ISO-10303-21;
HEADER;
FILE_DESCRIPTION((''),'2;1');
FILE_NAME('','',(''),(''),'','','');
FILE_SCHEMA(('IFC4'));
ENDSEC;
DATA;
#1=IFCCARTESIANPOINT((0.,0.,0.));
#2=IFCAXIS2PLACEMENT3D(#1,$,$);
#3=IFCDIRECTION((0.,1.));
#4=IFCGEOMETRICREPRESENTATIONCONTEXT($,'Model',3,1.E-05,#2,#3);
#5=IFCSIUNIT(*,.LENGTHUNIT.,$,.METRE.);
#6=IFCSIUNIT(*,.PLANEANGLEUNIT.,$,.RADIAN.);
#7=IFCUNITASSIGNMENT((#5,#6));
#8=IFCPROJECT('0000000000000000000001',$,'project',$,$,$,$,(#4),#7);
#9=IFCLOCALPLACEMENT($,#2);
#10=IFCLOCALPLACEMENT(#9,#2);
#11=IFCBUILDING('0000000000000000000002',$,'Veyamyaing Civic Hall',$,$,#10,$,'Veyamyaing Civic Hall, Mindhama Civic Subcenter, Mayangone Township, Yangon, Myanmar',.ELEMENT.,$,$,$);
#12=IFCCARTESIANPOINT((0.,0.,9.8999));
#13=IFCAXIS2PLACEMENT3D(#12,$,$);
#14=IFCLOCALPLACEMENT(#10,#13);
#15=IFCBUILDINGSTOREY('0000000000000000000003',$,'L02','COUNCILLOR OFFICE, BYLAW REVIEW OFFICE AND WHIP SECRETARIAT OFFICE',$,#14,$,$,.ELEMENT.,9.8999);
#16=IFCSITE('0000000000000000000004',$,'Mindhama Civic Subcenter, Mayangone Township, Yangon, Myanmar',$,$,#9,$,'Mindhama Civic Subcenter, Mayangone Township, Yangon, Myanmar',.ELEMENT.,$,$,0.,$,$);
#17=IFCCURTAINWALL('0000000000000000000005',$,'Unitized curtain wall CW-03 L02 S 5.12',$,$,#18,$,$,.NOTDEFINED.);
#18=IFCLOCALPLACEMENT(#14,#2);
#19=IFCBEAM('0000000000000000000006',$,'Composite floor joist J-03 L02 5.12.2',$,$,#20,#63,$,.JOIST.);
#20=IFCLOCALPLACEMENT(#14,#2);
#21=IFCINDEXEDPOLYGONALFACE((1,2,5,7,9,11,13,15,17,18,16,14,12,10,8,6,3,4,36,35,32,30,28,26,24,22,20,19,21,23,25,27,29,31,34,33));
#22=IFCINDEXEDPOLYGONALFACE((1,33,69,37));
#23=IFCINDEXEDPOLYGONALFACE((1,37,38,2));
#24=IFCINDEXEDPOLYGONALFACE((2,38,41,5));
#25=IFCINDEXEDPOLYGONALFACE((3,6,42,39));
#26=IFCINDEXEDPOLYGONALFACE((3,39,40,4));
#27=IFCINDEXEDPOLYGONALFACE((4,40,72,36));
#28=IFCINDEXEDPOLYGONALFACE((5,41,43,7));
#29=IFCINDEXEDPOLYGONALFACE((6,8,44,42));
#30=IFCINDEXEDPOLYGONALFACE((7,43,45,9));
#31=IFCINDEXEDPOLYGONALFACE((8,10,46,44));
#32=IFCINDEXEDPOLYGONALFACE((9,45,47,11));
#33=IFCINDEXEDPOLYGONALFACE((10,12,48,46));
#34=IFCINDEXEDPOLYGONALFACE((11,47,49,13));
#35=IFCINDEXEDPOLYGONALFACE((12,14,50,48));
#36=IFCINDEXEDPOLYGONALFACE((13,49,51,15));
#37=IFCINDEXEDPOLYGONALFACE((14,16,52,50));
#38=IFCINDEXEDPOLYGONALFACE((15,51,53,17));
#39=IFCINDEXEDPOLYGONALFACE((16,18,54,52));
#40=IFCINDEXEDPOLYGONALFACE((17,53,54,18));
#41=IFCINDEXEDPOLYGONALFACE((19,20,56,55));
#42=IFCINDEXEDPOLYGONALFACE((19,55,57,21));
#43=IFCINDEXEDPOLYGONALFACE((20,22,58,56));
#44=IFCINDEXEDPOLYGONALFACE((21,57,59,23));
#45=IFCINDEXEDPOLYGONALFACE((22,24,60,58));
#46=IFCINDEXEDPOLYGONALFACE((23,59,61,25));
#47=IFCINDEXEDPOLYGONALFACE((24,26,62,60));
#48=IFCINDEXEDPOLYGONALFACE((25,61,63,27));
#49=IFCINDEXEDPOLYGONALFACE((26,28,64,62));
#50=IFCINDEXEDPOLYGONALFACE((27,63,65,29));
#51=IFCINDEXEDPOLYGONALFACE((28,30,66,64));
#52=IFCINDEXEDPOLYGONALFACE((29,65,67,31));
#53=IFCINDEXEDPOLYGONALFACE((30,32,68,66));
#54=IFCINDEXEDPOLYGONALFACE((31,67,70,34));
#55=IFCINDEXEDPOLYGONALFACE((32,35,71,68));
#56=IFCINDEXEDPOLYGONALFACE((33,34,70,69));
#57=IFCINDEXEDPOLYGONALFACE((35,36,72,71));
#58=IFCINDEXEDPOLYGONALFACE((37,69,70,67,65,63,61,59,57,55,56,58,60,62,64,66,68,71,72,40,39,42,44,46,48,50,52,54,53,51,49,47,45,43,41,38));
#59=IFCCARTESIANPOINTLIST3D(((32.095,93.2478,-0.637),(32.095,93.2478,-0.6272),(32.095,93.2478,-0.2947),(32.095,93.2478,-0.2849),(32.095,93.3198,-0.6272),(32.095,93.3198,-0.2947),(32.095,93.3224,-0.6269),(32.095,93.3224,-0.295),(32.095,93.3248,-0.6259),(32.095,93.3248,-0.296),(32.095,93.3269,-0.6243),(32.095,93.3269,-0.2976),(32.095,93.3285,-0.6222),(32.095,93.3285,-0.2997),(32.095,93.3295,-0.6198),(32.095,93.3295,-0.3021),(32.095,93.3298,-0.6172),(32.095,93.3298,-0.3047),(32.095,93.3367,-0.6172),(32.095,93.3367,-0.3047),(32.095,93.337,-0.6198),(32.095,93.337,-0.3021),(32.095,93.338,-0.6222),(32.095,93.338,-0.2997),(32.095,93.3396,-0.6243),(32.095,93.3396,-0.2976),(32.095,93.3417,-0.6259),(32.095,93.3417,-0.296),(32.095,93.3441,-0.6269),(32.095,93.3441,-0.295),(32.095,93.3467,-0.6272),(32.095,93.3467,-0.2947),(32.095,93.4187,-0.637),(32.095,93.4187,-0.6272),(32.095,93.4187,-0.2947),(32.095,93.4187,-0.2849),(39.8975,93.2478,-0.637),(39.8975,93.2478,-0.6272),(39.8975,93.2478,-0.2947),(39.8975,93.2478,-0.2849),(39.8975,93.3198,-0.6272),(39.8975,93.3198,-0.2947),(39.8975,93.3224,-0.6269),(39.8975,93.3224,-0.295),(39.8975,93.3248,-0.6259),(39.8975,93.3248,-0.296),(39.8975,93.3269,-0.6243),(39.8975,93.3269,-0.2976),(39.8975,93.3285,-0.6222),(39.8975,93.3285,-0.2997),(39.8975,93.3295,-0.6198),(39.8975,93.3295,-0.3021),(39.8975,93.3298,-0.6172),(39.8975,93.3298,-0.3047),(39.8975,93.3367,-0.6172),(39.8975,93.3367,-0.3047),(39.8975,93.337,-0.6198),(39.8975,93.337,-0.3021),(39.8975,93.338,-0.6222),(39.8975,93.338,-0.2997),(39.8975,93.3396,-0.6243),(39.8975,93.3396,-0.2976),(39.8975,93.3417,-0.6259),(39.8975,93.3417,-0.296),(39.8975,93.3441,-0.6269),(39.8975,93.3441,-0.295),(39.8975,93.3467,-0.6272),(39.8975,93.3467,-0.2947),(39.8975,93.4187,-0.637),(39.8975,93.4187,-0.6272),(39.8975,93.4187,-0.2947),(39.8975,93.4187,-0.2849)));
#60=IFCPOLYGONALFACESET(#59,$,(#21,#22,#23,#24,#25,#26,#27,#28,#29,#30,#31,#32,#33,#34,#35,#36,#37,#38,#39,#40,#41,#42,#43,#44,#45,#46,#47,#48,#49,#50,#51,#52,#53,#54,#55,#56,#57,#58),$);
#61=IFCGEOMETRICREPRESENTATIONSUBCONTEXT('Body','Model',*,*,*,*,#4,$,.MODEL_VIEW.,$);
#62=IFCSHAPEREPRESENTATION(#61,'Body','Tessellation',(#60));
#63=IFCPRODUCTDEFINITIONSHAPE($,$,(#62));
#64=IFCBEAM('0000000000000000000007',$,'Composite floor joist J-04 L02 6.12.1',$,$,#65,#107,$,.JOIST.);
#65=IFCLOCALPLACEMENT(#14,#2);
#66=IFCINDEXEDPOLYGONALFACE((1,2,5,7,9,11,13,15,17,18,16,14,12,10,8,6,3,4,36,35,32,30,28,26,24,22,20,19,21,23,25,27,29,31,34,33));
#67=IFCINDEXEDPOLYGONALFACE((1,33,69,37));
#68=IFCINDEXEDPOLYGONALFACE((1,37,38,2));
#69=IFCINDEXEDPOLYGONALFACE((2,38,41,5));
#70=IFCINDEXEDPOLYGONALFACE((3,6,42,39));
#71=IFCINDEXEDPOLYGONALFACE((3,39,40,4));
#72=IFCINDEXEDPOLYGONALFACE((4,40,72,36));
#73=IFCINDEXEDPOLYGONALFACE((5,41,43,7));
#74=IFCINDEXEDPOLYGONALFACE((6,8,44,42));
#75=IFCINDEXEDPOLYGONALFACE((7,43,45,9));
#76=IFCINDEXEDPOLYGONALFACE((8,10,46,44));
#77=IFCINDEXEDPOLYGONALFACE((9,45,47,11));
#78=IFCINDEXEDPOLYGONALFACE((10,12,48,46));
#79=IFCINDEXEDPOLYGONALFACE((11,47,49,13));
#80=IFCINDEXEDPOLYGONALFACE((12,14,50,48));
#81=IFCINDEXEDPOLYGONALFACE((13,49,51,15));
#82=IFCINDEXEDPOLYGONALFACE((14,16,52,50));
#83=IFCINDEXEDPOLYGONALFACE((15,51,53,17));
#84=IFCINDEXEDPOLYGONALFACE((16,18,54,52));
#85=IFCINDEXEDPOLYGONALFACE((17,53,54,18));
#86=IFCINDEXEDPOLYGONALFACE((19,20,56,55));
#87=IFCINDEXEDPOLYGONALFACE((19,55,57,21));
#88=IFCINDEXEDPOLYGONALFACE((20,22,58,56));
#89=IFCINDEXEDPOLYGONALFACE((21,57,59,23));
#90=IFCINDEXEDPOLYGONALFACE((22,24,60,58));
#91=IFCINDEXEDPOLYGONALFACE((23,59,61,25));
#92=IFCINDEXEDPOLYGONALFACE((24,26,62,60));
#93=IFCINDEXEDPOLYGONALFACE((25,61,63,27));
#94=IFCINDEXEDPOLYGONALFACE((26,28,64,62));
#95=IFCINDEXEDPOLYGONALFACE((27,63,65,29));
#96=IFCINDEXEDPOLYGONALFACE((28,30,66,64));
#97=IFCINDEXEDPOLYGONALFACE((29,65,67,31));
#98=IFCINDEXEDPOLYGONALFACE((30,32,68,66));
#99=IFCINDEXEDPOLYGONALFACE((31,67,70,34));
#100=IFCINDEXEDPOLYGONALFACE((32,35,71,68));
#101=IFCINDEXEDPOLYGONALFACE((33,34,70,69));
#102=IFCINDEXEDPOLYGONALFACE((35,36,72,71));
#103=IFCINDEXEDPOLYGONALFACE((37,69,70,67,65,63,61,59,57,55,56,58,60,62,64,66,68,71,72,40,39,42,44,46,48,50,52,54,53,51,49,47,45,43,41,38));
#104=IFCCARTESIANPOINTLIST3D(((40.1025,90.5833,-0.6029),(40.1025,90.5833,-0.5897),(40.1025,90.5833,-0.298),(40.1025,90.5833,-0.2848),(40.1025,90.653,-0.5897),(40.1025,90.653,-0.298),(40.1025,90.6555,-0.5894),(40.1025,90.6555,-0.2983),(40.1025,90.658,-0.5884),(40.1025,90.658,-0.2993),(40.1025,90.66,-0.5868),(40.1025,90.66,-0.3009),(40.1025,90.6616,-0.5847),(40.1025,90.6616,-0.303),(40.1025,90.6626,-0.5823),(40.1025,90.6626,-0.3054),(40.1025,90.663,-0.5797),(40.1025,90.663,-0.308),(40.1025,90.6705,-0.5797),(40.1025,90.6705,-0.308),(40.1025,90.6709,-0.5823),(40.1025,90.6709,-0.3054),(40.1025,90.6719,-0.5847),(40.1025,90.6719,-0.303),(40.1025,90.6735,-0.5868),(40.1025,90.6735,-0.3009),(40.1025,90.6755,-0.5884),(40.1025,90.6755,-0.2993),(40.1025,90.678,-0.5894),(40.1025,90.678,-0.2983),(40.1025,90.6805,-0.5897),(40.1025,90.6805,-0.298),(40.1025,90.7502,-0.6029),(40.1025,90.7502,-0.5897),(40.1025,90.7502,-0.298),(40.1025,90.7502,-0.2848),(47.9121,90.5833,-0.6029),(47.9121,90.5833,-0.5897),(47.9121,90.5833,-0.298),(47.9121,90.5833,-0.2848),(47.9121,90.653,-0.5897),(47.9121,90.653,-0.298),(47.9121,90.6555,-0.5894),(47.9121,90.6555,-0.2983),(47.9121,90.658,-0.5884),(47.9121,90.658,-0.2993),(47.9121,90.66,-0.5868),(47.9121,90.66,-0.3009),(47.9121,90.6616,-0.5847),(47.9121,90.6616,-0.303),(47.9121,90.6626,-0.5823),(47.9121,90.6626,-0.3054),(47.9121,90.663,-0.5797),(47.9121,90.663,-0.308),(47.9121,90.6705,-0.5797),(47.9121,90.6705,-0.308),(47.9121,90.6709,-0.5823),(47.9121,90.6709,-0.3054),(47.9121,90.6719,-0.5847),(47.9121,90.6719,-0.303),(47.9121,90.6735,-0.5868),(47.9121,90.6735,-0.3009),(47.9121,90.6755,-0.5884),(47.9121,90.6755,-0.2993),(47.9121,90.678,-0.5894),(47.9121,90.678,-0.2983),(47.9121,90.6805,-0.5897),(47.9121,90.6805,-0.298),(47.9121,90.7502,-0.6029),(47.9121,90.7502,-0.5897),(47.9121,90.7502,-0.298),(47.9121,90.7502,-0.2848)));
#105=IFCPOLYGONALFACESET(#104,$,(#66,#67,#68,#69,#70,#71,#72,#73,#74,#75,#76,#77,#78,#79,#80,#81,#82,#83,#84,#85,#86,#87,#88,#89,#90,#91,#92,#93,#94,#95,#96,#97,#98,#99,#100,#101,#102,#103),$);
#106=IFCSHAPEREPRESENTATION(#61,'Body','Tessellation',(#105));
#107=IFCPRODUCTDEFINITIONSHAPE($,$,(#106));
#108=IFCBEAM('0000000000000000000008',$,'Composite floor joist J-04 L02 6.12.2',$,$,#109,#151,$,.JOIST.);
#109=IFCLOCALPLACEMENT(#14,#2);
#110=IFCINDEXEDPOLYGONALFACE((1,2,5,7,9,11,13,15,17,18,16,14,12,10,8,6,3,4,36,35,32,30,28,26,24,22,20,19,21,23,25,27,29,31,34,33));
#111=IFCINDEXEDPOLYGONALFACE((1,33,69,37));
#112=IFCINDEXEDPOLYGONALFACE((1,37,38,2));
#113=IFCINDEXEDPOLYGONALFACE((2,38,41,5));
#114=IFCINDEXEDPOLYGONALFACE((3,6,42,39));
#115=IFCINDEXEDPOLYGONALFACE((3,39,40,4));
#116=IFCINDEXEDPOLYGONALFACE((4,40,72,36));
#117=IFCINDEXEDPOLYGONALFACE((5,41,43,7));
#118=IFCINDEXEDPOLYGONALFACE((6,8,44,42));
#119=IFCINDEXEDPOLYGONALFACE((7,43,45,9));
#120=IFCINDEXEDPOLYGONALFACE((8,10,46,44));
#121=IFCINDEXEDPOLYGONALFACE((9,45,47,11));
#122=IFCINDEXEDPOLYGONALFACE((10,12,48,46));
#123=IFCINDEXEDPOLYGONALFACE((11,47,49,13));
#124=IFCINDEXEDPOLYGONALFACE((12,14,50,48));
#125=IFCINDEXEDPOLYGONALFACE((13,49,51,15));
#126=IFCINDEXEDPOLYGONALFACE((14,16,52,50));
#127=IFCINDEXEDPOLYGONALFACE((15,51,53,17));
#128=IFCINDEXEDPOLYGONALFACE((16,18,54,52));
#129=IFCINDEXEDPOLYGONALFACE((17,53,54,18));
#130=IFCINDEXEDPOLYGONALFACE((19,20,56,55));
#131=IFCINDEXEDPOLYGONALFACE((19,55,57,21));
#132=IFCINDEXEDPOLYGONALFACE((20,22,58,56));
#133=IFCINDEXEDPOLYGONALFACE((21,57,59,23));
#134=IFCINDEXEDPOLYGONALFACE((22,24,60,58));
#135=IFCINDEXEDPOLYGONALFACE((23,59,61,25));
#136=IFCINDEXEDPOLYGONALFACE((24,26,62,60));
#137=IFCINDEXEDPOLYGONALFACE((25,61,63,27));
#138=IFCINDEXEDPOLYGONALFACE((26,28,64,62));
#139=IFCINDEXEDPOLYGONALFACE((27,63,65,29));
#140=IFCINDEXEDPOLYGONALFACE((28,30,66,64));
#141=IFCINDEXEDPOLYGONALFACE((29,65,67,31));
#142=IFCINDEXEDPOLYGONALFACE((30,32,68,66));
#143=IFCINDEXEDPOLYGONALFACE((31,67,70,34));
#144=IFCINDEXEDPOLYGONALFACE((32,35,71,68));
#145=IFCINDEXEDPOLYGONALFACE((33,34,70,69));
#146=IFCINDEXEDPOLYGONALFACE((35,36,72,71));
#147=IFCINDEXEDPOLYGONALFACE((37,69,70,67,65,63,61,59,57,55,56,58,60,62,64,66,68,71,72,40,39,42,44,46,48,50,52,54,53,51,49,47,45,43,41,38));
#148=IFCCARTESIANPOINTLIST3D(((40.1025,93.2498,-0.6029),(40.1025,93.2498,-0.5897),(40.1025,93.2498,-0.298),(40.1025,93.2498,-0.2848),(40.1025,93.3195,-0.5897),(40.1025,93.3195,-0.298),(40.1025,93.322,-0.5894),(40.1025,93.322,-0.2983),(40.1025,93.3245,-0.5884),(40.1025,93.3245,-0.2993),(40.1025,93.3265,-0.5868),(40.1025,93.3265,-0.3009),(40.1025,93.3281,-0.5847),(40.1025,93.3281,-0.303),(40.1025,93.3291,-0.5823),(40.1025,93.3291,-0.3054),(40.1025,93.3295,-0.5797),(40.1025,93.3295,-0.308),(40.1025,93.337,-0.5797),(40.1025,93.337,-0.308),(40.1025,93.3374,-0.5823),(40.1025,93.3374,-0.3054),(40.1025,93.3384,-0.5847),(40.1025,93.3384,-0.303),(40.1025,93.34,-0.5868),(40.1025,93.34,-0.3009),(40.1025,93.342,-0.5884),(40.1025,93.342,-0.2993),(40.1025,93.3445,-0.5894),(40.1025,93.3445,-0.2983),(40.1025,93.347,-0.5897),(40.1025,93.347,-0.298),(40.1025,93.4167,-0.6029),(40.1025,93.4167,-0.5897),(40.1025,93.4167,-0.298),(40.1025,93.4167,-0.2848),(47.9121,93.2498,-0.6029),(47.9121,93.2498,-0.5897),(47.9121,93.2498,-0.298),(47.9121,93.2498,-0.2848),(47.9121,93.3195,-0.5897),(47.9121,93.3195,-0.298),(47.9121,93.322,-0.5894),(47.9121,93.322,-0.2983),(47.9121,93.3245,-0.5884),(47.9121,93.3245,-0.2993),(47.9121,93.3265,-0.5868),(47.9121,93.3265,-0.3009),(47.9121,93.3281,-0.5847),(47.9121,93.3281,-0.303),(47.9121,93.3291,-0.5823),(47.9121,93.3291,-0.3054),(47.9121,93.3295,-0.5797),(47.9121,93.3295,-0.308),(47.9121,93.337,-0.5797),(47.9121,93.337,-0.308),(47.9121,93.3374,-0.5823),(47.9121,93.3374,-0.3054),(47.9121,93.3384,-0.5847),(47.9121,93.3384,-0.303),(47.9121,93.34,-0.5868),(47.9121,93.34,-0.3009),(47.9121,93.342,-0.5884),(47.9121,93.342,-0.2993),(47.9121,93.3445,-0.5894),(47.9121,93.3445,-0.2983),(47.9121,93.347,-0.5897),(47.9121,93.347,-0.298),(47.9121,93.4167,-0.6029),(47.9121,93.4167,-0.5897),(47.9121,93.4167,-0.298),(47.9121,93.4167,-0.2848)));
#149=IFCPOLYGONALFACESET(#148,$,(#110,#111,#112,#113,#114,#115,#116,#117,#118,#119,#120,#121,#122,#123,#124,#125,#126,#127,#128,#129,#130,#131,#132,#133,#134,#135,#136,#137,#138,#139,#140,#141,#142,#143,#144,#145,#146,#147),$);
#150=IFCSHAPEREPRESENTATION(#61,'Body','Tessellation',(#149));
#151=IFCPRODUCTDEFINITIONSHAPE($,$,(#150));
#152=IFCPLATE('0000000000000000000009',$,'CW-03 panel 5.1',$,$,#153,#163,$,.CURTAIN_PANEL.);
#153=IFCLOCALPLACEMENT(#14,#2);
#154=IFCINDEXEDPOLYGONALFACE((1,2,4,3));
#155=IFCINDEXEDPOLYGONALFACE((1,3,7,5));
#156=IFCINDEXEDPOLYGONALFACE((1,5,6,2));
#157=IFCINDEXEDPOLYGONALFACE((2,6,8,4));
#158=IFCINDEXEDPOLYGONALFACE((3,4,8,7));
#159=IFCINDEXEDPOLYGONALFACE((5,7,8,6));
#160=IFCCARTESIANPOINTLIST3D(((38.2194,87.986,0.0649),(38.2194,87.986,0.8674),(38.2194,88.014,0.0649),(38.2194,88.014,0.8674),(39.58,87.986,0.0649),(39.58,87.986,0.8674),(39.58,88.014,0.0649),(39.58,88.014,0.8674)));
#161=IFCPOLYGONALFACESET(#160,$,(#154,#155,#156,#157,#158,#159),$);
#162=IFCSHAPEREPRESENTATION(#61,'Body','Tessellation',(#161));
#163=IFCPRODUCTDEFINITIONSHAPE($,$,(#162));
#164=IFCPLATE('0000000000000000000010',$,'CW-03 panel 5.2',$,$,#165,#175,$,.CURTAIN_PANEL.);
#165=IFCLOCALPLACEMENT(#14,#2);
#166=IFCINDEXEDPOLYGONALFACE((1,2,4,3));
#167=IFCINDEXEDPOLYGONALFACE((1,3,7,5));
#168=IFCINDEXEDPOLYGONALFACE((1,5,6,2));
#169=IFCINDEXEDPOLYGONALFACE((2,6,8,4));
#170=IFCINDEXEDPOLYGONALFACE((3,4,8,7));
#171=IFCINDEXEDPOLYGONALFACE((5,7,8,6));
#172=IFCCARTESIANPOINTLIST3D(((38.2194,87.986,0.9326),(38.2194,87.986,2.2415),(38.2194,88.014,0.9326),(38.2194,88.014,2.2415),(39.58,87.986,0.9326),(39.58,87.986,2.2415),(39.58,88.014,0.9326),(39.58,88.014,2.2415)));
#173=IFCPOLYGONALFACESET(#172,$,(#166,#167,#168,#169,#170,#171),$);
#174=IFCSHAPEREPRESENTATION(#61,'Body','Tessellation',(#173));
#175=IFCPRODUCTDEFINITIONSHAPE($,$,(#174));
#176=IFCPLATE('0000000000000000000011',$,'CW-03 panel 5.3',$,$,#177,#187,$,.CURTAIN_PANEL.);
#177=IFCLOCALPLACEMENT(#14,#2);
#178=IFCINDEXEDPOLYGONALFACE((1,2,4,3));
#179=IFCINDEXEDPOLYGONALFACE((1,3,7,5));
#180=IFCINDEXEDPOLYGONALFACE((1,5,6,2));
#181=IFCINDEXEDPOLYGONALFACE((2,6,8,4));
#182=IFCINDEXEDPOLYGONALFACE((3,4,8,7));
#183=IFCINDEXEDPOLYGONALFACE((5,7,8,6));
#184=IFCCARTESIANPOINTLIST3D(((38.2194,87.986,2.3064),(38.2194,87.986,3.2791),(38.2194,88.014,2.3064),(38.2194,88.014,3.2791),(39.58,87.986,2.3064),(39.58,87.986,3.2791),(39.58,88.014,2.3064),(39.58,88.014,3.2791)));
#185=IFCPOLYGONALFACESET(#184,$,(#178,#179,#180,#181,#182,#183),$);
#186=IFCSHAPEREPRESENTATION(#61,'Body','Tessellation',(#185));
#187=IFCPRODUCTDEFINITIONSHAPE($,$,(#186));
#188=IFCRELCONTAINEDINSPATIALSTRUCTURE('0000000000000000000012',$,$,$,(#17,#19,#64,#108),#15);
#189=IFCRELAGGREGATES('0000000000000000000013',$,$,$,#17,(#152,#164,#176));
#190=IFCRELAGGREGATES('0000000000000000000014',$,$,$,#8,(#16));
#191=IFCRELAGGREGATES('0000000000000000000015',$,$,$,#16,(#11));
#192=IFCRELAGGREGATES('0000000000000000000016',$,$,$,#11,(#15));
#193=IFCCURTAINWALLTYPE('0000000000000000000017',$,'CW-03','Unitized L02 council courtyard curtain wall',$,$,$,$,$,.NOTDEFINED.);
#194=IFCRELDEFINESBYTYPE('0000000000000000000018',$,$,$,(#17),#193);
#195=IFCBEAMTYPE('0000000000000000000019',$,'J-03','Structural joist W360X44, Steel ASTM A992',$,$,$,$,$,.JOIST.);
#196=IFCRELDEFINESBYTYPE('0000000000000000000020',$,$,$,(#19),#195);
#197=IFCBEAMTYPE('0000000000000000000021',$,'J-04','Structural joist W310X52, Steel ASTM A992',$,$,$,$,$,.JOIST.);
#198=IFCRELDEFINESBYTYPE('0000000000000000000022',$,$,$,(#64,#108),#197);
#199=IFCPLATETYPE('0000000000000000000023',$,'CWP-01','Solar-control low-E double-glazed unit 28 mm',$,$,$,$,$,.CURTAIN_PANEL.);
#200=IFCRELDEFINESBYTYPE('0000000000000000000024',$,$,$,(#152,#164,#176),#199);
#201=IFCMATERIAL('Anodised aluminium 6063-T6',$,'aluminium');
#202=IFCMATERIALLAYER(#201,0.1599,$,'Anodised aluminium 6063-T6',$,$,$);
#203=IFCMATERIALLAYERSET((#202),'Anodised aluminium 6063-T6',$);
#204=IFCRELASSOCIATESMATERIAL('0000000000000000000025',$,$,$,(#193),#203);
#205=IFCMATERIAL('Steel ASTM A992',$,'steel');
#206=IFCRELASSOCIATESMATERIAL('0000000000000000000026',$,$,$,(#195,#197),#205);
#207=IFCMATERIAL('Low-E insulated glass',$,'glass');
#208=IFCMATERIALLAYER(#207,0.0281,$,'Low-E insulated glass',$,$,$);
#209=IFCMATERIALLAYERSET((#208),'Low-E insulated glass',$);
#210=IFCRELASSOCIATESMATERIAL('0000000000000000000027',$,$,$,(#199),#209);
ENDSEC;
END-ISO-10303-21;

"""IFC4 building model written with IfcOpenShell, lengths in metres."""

from ifc_helpers import new_model, si_unit, direction, frame, origin, origin_2d, place, context, subcontext, project, spatial, rectangle, i_section, extrude, material, layer, layer_set, material_profile, profile_set, type_object, element, aggregate, save


model = new_model("IFC4")

# Units and contexts
model_context = context("Model", 3, precision=1e-05, world=origin(), true_north=direction((0.0, 1.0)))
body_context = subcontext(model_context, "Body", "Model", "MODEL_VIEW")
ifc_project = project(units=[si_unit("LENGTHUNIT", "METRE"), si_unit("PLANEANGLEUNIT", "RADIAN")], contexts=[model_context])

# Site, building, storey
site_placement = place(None, origin())
site = spatial("IfcSite", under=ifc_project, at=site_placement, Name="Mindhama Civic Subcenter, Mayangone Township, Yangon, Myanmar", LongName="Mindhama Civic Subcenter, Mayangone Township, Yangon, Myanmar", CompositionType="ELEMENT", RefElevation=0.0)
building_placement = place(site_placement, origin())
building = spatial("IfcBuilding", under=site, at=building_placement, Name="Veyamyaing Civic Hall", LongName="Veyamyaing Civic Hall, Mindhama Civic Subcenter, Mayangone Township, Yangon, Myanmar", CompositionType="ELEMENT")
storey_placement = place(building_placement, frame((0.0, 0.0, 9.8999)))
storey = spatial("IfcBuildingStorey", under=building, at=storey_placement, Name="L02", Description="COUNCILLOR OFFICE, BYLAW REVIEW OFFICE AND WHIP SECRETARIAT OFFICE", CompositionType="ELEMENT", Elevation=9.8999)

# Shared definitions
ifc_material_1 = material(Name="Steel ASTM A992", Category="steel")

# Curtain wall
ifc_material_2 = material(Name="Anodised aluminium 6063-T6", Category="aluminium")
ifc_layer_1 = layer(ifc_material_2, 0.1599, Name="Anodised aluminium 6063-T6")
ifc_layer_set_1 = layer_set([ifc_layer_1], Name="Anodised aluminium 6063-T6")
curtain_wall_type = type_object("IfcCurtainWallType", Name="CW-03", Description="Unitized L02 council courtyard curtain wall", PredefinedType="NOTDEFINED", material=ifc_layer_set_1)
curtain_wall_placement = place(storey_placement, origin())
curtain_wall = element("IfcCurtainWall", 1, at=curtain_wall_placement, inside=storey, type_object=curtain_wall_type, Name="Unitized curtain wall CW-03 L02 S 5.12", PredefinedType="NOTDEFINED")

# Beams
ifc_material_profile_1 = material_profile(ifc_material_1, i_section(OverallWidth=0.1709, OverallDepth=0.3521, WebThickness=0.0068, FlangeThickness=0.0098, FilletRadius=0.01, at=origin_2d()), Name="W360X44")
ifc_profile_set_1 = profile_set([ifc_material_profile_1], Name="Steel ASTM A992")
beam_type_1 = type_object("IfcBeamType", Name="J-03", Description="Structural joist W360X44, Steel ASTM A992", PredefinedType="JOIST", material=ifc_profile_set_1)
for number, where, z_axis, x_axis, name in (
    (2, (32.095, 93.3333, -0.4609), (1.0, 0.0, 0.0), (0.0, 1.0, 0.0), "Composite floor joist J-03 L02 5.12.2"),
):
    element("IfcBeam", number, at=place(storey_placement, frame(where, z_axis=z_axis, x_axis=x_axis)), inside=storey, type_object=beam_type_1, Name=name, PredefinedType="JOIST", context=body_context, shape_type="SweptSolid", body=[
        extrude(i_section(OverallWidth=0.1709, OverallDepth=0.3521, WebThickness=0.0068, FlangeThickness=0.0098, FilletRadius=0.01, at=origin_2d()), origin(), (0.0, 0.0, 1.0), 7.8025),
    ])
ifc_material_profile_2 = material_profile(ifc_material_1, i_section(OverallWidth=0.167, OverallDepth=0.3181, WebThickness=0.0076, FlangeThickness=0.0132, FilletRadius=0.01, at=origin_2d()), Name="W310X52")
ifc_profile_set_2 = profile_set([ifc_material_profile_2], Name="Steel ASTM A992")
beam_type_2 = type_object("IfcBeamType", Name="J-04", Description="Structural joist W310X52, Steel ASTM A992", PredefinedType="JOIST", material=ifc_profile_set_2)
for number, where, z_axis, x_axis, name in (
    (3, (40.1025, 90.6667, -0.4438), (1.0, 0.0, 0.0), (0.0, 1.0, 0.0), "Composite floor joist J-04 L02 6.12.1"),
    (4, (40.1025, 93.3333, -0.4438), (1.0, 0.0, 0.0), (0.0, 1.0, 0.0), "Composite floor joist J-04 L02 6.12.2"),
):
    element("IfcBeam", number, at=place(storey_placement, frame(where, z_axis=z_axis, x_axis=x_axis)), inside=storey, type_object=beam_type_2, Name=name, PredefinedType="JOIST", context=body_context, shape_type="SweptSolid", body=[
        extrude(i_section(OverallWidth=0.167, OverallDepth=0.3181, WebThickness=0.0076, FlangeThickness=0.0132, FilletRadius=0.01, at=origin_2d()), origin(), (0.0, 0.0, 1.0), 7.8096),
    ])

# Plates
ifc_material_3 = material(Name="Low-E insulated glass", Category="glass")
ifc_layer_2 = layer(ifc_material_3, 0.0281, Name="Low-E insulated glass")
ifc_layer_set_2 = layer_set([ifc_layer_2], Name="Low-E insulated glass")
plate_type = type_object("IfcPlateType", Name="CWP-01", Description="Solar-control low-E double-glazed unit 28 mm", PredefinedType="CURTAIN_PANEL", material=ifc_layer_set_2)
plate_1_placement = place(storey_placement, frame((38.8997, 88.0, 0.0649), z_axis=(0.0, 0.0, 1.0), x_axis=(1.0, 0.0, 0.0)))
plate_1 = element("IfcPlate", 5, at=plate_1_placement, type_object=plate_type, Name="CW-03 panel 5.1", PredefinedType="CURTAIN_PANEL", context=body_context, shape_type="SweptSolid", body=[
    extrude(rectangle(XDim=1.3606, YDim=0.0281, at=origin_2d()), origin(), (0.0, 0.0, 1.0), 0.8025),
])
plate_2_placement = place(storey_placement, frame((38.8997, 88.0, 0.9326), z_axis=(0.0, 0.0, 1.0), x_axis=(1.0, 0.0, 0.0)))
plate_2 = element("IfcPlate", 6, at=plate_2_placement, type_object=plate_type, Name="CW-03 panel 5.2", PredefinedType="CURTAIN_PANEL", context=body_context, shape_type="SweptSolid", body=[
    extrude(rectangle(XDim=1.3606, YDim=0.0281, at=origin_2d()), origin(), (0.0, 0.0, 1.0), 1.3088),
])
plate_3_placement = place(storey_placement, frame((38.8997, 88.0, 2.3064), z_axis=(0.0, 0.0, 1.0), x_axis=(1.0, 0.0, 0.0)))
plate_3 = element("IfcPlate", 7, at=plate_3_placement, type_object=plate_type, Name="CW-03 panel 5.3", PredefinedType="CURTAIN_PANEL", context=body_context, shape_type="SweptSolid", body=[
    extrude(rectangle(XDim=1.3606, YDim=0.0281, at=origin_2d()), origin(), (0.0, 0.0, 1.0), 0.9727),
])
aggregate(curtain_wall, [plate_1, plate_2, plate_3])

save(model, "model.ifc")
